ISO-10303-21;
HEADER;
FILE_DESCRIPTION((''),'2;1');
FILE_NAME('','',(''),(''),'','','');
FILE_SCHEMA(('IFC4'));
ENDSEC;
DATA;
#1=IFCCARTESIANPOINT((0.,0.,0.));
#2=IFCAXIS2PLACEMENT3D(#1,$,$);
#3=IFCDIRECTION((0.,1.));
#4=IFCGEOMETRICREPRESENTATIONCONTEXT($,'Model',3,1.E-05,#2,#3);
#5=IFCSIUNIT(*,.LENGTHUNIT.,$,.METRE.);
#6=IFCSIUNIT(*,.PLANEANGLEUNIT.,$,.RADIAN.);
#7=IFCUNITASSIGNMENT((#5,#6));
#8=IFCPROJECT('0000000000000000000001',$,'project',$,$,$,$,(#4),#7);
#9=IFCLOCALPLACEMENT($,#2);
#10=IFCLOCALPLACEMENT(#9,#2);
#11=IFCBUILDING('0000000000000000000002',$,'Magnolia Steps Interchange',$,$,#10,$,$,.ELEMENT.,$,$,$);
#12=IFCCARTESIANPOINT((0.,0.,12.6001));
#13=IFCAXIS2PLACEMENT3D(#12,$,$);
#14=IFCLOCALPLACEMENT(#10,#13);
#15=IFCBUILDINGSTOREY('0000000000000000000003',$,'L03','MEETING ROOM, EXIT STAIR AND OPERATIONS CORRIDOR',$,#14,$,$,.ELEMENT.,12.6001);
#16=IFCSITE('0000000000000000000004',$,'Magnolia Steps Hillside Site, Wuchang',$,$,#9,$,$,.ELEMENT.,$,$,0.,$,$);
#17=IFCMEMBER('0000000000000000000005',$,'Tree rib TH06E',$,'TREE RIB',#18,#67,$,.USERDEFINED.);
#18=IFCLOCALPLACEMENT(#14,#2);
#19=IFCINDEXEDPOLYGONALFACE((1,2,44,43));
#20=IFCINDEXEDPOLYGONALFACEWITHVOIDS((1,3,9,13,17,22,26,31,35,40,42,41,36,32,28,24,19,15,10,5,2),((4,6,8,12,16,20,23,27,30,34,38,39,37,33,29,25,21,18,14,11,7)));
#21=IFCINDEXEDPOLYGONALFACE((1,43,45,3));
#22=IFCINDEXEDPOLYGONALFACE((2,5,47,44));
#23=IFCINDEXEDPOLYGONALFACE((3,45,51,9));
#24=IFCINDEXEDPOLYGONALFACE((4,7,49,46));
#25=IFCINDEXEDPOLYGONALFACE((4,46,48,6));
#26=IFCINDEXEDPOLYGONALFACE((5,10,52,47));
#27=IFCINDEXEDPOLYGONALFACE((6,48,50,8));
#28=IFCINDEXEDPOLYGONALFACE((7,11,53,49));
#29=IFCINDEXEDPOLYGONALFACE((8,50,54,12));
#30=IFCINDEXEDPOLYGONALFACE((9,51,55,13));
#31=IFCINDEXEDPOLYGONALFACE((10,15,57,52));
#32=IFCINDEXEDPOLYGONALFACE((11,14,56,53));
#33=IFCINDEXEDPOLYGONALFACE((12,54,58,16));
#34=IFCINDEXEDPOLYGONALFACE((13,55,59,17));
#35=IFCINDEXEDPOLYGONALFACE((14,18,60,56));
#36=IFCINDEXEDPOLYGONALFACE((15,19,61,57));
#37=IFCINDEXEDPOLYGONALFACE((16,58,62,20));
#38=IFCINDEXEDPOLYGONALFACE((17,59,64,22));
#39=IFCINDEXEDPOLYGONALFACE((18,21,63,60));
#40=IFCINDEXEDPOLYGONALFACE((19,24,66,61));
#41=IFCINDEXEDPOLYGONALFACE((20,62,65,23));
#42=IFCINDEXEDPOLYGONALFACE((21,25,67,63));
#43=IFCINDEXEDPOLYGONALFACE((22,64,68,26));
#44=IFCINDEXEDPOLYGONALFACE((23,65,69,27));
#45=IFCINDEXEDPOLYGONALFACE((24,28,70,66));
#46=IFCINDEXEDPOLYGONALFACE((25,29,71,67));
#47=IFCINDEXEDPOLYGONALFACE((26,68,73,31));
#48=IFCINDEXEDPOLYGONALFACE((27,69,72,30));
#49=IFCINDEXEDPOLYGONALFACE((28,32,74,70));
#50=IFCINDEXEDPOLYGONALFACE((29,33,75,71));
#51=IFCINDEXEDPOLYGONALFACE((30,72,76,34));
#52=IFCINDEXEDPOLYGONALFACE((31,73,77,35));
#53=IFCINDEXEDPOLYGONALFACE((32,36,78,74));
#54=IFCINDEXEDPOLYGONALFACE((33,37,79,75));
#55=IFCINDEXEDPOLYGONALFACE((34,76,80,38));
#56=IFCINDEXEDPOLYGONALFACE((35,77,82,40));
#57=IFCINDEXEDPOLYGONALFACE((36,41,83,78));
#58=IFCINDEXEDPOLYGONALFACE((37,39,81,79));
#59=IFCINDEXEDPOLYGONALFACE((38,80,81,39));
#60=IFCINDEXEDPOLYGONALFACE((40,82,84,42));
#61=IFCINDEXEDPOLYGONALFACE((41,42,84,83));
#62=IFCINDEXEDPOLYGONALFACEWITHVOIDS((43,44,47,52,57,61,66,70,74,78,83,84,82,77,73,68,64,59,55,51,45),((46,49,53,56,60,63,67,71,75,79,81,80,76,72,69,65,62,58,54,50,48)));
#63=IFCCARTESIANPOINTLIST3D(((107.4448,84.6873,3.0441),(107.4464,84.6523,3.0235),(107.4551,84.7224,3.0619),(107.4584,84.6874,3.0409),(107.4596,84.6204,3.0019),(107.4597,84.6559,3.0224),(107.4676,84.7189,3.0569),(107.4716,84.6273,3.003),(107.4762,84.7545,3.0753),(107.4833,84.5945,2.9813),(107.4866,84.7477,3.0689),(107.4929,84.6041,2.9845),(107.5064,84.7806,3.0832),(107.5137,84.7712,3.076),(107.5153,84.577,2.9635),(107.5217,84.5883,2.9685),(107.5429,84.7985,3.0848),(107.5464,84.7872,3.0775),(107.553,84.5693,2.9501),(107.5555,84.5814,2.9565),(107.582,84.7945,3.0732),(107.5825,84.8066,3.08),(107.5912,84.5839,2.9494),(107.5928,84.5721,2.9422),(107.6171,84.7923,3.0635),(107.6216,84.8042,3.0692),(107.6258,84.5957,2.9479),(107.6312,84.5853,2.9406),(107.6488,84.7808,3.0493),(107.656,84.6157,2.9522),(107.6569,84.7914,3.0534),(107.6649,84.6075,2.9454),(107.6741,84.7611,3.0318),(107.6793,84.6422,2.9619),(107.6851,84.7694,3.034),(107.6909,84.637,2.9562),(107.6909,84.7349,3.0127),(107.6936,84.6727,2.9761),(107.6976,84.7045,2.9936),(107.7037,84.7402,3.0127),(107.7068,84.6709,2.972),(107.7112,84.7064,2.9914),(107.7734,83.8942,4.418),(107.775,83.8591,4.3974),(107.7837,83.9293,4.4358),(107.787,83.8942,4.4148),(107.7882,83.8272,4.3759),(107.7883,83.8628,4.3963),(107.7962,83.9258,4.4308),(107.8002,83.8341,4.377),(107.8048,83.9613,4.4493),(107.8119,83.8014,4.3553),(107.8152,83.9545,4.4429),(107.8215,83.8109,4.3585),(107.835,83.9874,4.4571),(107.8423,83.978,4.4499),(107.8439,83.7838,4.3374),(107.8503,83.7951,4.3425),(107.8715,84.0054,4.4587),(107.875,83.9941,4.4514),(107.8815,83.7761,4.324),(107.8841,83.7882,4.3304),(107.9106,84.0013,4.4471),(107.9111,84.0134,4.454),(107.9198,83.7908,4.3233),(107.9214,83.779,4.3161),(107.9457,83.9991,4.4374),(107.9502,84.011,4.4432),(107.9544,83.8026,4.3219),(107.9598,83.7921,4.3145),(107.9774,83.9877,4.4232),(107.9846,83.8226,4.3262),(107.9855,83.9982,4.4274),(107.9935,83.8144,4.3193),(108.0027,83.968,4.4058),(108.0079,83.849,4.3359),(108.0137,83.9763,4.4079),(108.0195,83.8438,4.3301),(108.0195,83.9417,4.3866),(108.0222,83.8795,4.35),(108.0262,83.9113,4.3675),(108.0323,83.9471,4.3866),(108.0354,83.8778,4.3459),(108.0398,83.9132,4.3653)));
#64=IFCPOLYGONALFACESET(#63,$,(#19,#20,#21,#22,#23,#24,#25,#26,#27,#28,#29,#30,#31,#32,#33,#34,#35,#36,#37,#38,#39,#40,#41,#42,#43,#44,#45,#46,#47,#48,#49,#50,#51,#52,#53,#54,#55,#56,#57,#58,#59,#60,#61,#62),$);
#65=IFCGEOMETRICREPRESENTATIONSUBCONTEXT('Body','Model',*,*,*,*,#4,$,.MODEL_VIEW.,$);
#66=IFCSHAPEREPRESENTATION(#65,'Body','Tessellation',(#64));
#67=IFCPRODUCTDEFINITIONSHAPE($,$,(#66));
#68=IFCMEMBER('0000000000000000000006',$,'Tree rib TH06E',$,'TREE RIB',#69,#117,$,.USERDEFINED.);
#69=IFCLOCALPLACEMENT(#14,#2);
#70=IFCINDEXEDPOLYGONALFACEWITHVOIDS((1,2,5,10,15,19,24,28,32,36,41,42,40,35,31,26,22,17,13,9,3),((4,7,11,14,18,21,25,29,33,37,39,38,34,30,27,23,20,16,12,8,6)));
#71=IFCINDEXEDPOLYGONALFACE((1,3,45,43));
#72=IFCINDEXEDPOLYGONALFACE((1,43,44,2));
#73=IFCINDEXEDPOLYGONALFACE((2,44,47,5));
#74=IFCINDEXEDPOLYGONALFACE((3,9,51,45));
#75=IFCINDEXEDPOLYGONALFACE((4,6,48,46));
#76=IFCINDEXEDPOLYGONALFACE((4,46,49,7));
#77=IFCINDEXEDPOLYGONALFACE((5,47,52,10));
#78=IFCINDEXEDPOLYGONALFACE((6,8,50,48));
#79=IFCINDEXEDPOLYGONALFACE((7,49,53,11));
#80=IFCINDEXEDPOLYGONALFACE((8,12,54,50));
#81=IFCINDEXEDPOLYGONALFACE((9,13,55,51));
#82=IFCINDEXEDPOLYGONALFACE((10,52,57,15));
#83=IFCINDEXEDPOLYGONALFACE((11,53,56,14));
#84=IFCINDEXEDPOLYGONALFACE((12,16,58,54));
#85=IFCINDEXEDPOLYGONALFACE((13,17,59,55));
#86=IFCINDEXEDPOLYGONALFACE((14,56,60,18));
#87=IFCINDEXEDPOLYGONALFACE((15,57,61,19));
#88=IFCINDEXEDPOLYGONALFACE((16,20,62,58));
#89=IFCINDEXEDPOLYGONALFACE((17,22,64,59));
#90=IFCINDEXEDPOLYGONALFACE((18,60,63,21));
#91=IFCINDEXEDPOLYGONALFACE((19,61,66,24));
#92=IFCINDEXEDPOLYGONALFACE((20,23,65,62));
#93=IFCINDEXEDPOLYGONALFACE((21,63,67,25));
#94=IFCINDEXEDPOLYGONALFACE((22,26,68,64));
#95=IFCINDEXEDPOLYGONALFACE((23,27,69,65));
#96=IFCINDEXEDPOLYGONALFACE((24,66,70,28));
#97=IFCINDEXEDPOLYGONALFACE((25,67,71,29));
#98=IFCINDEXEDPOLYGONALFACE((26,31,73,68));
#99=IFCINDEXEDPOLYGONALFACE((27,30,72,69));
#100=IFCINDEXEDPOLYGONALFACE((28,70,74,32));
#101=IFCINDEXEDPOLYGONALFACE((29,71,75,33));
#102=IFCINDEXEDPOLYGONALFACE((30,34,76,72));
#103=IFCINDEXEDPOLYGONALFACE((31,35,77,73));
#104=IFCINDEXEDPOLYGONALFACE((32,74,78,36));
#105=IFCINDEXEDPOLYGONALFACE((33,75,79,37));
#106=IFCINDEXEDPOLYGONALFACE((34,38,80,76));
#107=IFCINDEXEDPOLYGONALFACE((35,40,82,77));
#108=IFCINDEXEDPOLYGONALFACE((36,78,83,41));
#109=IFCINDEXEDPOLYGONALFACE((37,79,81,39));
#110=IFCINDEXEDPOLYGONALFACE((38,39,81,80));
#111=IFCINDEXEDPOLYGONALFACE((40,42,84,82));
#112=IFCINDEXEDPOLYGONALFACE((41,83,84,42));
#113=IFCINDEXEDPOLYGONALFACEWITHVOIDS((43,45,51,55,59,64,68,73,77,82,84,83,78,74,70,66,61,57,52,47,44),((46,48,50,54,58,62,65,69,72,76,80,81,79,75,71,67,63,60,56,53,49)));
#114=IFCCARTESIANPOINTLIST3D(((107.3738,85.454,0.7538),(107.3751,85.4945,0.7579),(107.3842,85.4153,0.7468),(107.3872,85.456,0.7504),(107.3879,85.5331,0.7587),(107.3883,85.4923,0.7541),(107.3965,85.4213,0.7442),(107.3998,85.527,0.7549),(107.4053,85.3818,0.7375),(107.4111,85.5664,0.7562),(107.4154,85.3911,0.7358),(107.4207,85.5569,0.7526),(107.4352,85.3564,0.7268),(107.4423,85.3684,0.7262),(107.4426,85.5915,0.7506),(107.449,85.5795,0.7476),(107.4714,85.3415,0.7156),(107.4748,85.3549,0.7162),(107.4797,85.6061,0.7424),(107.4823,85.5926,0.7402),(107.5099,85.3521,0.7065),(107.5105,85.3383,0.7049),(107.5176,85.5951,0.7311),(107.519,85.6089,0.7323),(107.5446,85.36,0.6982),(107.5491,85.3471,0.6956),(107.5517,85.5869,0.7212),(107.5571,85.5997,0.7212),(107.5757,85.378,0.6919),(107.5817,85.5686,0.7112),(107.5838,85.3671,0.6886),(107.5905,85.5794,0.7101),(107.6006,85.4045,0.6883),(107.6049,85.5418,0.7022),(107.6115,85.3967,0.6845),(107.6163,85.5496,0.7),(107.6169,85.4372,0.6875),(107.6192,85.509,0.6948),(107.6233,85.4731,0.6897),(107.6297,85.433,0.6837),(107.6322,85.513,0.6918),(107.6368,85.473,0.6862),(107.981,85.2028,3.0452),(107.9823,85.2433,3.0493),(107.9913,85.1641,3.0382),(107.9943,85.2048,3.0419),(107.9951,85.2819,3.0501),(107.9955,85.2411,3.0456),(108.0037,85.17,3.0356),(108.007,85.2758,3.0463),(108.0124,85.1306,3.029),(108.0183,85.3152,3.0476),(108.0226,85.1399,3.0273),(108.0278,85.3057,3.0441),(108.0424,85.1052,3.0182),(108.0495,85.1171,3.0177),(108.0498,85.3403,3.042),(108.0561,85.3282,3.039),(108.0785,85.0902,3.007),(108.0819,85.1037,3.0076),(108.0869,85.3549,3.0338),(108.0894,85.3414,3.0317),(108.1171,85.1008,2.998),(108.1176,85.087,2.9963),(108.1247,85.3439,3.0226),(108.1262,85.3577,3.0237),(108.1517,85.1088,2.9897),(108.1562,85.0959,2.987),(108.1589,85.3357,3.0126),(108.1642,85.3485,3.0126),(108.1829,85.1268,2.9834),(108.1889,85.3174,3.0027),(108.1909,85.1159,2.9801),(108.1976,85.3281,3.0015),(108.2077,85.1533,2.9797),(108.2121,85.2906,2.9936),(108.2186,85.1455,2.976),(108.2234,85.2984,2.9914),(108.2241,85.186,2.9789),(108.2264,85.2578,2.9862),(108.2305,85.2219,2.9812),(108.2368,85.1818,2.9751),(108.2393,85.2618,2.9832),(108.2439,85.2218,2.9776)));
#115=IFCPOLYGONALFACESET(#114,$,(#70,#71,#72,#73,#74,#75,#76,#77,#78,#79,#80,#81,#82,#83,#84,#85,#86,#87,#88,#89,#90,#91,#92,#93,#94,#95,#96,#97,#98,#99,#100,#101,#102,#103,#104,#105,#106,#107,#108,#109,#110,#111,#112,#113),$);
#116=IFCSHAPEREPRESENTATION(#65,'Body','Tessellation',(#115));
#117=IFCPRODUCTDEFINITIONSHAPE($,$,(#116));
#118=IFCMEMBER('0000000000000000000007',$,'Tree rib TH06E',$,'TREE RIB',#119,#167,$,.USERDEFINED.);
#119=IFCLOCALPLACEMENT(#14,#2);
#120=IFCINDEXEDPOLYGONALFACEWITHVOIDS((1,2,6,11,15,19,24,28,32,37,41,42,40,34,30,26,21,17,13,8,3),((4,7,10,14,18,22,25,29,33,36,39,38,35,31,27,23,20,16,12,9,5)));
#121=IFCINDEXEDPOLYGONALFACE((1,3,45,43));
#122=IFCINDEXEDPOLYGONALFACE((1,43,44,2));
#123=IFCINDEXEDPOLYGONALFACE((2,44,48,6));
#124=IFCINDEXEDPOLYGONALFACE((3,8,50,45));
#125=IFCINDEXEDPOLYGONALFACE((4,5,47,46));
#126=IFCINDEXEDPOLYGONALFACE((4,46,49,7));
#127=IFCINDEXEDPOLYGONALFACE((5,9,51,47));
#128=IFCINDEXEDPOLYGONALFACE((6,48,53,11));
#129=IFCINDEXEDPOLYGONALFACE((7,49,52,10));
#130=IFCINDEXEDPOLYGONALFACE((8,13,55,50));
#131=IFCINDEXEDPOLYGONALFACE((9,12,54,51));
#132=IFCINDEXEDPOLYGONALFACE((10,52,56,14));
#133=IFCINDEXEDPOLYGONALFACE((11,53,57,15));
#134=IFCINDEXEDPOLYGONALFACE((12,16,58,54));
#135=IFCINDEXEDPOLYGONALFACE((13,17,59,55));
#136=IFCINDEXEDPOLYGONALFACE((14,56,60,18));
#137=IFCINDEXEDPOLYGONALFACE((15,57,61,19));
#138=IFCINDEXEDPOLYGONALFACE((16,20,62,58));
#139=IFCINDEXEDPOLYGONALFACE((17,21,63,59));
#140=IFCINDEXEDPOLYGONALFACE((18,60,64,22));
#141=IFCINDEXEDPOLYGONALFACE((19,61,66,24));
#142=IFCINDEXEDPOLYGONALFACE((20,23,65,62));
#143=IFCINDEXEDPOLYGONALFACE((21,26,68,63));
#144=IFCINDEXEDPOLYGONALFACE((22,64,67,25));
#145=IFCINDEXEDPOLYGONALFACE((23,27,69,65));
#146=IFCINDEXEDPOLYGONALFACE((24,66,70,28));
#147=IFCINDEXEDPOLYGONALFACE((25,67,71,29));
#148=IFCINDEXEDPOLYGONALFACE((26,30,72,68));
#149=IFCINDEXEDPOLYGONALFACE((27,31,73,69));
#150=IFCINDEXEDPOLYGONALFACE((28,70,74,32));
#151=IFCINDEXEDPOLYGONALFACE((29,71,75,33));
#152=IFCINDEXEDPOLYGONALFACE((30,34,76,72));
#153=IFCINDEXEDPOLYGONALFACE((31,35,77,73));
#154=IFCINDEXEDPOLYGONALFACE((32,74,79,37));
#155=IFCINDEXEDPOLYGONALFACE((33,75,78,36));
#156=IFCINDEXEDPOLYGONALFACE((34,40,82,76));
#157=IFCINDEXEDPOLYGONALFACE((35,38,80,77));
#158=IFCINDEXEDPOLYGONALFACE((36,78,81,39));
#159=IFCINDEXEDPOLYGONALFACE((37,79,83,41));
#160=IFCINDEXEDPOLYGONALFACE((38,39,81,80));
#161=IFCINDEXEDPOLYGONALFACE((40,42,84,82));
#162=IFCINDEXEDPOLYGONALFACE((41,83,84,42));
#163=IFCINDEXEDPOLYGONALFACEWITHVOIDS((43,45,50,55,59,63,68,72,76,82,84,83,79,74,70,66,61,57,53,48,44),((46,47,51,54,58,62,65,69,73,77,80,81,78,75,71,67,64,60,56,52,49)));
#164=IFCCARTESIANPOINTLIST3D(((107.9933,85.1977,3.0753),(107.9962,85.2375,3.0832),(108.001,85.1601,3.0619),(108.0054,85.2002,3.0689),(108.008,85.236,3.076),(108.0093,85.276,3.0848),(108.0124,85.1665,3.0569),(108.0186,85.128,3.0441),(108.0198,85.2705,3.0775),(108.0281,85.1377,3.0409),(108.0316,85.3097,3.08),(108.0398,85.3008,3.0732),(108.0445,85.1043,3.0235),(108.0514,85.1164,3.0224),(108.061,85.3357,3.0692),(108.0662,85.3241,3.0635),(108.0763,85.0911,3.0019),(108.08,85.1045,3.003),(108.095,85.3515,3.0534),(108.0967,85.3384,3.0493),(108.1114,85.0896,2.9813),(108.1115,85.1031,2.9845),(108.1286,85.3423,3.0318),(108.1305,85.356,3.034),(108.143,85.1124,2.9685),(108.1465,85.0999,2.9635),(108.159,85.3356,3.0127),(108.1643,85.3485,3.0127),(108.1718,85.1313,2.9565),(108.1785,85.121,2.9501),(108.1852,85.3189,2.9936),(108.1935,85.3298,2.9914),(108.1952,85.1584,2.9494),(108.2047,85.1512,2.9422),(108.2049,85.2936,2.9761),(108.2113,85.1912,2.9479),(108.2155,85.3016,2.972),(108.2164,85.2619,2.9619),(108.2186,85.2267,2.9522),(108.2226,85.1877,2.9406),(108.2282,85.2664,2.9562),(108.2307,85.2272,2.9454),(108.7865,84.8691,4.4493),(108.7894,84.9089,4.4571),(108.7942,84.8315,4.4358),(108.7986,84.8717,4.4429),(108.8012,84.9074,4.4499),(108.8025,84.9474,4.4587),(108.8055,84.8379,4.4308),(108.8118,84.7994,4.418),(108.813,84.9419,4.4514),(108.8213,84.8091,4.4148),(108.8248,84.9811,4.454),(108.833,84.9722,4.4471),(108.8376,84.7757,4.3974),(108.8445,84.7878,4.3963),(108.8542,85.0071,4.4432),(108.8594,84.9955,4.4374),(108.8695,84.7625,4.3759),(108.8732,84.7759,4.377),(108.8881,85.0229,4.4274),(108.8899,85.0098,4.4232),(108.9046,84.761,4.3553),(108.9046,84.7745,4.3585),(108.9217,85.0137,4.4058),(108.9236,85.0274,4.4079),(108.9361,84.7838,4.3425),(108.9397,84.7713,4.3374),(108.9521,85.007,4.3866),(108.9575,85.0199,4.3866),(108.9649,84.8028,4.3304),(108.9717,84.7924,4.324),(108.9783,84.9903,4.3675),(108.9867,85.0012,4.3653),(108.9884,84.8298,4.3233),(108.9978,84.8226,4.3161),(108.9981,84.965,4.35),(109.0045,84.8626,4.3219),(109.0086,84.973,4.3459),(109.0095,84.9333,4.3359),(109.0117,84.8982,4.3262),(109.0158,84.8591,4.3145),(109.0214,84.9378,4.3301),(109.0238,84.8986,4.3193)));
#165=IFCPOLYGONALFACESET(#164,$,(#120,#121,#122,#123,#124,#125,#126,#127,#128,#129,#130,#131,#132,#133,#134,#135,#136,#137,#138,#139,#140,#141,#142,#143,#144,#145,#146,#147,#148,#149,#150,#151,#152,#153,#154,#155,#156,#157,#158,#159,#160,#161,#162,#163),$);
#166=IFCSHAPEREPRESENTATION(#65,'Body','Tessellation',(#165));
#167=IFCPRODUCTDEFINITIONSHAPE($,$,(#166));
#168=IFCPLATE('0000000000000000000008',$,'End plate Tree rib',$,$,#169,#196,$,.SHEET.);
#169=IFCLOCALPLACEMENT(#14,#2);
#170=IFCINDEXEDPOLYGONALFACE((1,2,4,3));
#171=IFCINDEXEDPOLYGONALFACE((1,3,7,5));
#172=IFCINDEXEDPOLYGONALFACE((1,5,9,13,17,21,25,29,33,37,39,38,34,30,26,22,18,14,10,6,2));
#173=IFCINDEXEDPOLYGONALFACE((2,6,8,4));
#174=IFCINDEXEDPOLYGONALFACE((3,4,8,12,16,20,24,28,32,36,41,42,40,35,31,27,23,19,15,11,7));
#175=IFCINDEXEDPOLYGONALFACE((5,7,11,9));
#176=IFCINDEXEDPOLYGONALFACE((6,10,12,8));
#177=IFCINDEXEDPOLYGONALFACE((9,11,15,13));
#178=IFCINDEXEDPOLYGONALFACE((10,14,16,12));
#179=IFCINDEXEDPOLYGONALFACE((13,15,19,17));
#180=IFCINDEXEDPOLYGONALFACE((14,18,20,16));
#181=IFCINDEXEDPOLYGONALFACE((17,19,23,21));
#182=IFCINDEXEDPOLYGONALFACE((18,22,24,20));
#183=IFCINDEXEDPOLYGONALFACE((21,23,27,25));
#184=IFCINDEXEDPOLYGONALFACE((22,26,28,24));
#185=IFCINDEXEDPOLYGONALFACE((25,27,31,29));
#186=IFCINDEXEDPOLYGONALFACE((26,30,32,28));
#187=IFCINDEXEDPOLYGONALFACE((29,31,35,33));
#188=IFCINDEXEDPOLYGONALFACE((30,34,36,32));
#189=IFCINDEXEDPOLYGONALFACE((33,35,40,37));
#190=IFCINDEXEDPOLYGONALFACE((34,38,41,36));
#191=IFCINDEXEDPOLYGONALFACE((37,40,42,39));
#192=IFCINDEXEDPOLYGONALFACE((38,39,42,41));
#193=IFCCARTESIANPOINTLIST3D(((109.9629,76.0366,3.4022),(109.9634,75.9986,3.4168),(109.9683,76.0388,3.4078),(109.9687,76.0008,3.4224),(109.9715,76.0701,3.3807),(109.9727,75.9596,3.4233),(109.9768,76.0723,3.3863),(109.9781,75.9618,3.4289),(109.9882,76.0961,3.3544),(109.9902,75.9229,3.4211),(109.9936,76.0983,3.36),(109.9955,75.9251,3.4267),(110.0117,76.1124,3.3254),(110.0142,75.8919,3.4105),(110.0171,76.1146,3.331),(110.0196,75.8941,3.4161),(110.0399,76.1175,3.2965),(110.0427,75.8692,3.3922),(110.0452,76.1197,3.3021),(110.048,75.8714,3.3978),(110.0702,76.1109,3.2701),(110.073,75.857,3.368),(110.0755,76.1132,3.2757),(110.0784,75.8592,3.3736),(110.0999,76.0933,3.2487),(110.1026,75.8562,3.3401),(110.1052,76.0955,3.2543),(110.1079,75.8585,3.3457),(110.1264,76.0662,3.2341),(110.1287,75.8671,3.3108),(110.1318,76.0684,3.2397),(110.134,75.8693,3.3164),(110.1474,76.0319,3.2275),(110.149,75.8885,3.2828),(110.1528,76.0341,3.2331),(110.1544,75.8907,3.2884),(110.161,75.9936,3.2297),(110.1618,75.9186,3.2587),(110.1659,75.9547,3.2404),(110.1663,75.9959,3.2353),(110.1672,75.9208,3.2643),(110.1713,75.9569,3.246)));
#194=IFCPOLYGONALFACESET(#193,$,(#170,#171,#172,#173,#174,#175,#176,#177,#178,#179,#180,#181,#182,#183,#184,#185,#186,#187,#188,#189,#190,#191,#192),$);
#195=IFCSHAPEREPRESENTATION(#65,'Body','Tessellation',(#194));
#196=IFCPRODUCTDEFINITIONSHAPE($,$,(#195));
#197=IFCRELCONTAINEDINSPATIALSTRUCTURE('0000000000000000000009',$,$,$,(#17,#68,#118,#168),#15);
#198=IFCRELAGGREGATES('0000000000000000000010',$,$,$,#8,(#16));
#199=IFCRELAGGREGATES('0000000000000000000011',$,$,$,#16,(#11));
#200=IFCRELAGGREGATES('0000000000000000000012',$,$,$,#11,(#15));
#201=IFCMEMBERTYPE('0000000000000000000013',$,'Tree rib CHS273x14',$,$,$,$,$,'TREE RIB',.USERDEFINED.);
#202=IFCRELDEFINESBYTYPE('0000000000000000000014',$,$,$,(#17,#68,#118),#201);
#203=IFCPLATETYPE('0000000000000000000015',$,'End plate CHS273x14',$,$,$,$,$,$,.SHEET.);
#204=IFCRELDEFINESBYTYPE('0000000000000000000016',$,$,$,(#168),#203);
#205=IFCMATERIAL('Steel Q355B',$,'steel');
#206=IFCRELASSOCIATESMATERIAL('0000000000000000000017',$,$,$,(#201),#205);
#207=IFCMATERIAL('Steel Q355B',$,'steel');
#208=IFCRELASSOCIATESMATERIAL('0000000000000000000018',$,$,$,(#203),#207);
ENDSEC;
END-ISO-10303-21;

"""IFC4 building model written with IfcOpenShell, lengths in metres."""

from ifc_helpers import new_model, si_unit, direction, frame, origin, origin_2d, place, context, subcontext, project, spatial, circle, hollow_circle, extrude, material, material_profile, profile_set, type_object, element, save


model = new_model("IFC4")

# Units and contexts
model_context = context("Model", 3, precision=1e-05, world=origin(), true_north=direction((0.0, 1.0)))
body_context = subcontext(model_context, "Body", "Model", "MODEL_VIEW")
ifc_project = project(units=[si_unit("LENGTHUNIT", "METRE"), si_unit("PLANEANGLEUNIT", "RADIAN")], contexts=[model_context])

# Site, building, storey
site_placement = place(None, origin())
site = spatial("IfcSite", under=ifc_project, at=site_placement, Name="Magnolia Steps Hillside Site, Wuchang", CompositionType="ELEMENT", RefElevation=0.0)
building_placement = place(site_placement, origin())
building = spatial("IfcBuilding", under=site, at=building_placement, Name="Magnolia Steps Interchange", CompositionType="ELEMENT")
storey_placement = place(building_placement, frame((0.0, 0.0, 12.6001)))
storey = spatial("IfcBuildingStorey", under=building, at=storey_placement, Name="L03", Description="MEETING ROOM, EXIT STAIR AND OPERATIONS CORRIDOR", CompositionType="ELEMENT", Elevation=12.6001)

# Members
ifc_material_1 = material(Name="Steel Q355B", Category="steel")
ifc_material_profile_1 = material_profile(ifc_material_1, hollow_circle(Radius=0.1365, WallThickness=0.0139, at=origin_2d()), Name="CHS273x14")
ifc_profile_set_1 = profile_set([ifc_material_profile_1], Name="Steel Q355B")
member_type_1 = type_object("IfcMemberType", Name="Tree rib CHS273x14", ElementType="TREE RIB", PredefinedType="USERDEFINED", material=ifc_profile_set_1)
member_1_placement = place(storey_placement, frame((107.5776, 84.688, 3.0127), z_axis=(0.20282, -0.489571, 0.848047), x_axis=(0.923857, 0.382737, 0.0)))
element("IfcMember", 1, at=member_1_placement, inside=storey, type_object=member_type_1, Name="Tree rib TH06E", ObjectType="TREE RIB", PredefinedType="USERDEFINED", context=body_context, shape_type="SweptSolid", body=[
    extrude(hollow_circle(Radius=0.1365, WallThickness=0.0139, at=origin_2d()), origin(), (0.0, 0.0, 1.0), 1.6201),
])
member_2_placement = place(storey_placement, frame((107.5049, 85.4736, 0.7212), z_axis=(0.254704, -0.105384, 0.96126), x_axis=(0.382319, 0.92403, 0.0)))
element("IfcMember", 2, at=member_2_placement, inside=storey, type_object=member_type_1, Name="Tree rib TH06E", ObjectType="TREE RIB", PredefinedType="USERDEFINED", context=body_context, shape_type="SweptSolid", body=[
    extrude(hollow_circle(Radius=0.1365, WallThickness=0.0139, at=origin_2d()), origin(), (0.0, 0.0, 1.0), 2.3838),
])
member_3_placement = place(storey_placement, frame((108.1121, 85.2224, 3.0127), z_axis=(0.489571, -0.20282, 0.848047), x_axis=(0.382737, 0.923857, 0.0)))
element("IfcMember", 3, at=member_3_placement, inside=storey, type_object=member_type_1, Name="Tree rib TH06E", ObjectType="TREE RIB", PredefinedType="USERDEFINED", context=body_context, shape_type="SweptSolid", body=[
    extrude(hollow_circle(Radius=0.1365, WallThickness=0.0139, at=origin_2d()), origin(), (0.0, 0.0, 1.0), 1.6201),
])

# Plate
ifc_material_2 = material(Name="Steel Q355B", Category="steel")
ifc_material_profile_2 = material_profile(ifc_material_2, circle(Radius=0.1365, at=origin_2d()), Name="End plate CHS273x14")
ifc_profile_set_2 = profile_set([ifc_material_profile_2], Name="Steel Q355B")
plate_type_1 = type_object("IfcPlateType", Name="End plate CHS273x14", PredefinedType="SHEET", material=ifc_profile_set_2)
for number, where, z_axis, x_axis, name in (
    (4, (110.064, 75.9863, 3.3254), (0.664583, 0.275279, 0.694658), (-0.382683, 0.92388, 0.0), "End plate Tree rib"),
):
    element("IfcPlate", number, at=place(storey_placement, frame(where, z_axis=z_axis, x_axis=x_axis)), inside=storey, type_object=plate_type_1, Name=name, PredefinedType="SHEET", context=body_context, shape_type="SweptSolid", body=[
        extrude(circle(Radius=0.1365, at=origin_2d()), origin(), (0.0, 0.0, 1.0), 0.0081),
    ])

save(model, "model.ifc")
